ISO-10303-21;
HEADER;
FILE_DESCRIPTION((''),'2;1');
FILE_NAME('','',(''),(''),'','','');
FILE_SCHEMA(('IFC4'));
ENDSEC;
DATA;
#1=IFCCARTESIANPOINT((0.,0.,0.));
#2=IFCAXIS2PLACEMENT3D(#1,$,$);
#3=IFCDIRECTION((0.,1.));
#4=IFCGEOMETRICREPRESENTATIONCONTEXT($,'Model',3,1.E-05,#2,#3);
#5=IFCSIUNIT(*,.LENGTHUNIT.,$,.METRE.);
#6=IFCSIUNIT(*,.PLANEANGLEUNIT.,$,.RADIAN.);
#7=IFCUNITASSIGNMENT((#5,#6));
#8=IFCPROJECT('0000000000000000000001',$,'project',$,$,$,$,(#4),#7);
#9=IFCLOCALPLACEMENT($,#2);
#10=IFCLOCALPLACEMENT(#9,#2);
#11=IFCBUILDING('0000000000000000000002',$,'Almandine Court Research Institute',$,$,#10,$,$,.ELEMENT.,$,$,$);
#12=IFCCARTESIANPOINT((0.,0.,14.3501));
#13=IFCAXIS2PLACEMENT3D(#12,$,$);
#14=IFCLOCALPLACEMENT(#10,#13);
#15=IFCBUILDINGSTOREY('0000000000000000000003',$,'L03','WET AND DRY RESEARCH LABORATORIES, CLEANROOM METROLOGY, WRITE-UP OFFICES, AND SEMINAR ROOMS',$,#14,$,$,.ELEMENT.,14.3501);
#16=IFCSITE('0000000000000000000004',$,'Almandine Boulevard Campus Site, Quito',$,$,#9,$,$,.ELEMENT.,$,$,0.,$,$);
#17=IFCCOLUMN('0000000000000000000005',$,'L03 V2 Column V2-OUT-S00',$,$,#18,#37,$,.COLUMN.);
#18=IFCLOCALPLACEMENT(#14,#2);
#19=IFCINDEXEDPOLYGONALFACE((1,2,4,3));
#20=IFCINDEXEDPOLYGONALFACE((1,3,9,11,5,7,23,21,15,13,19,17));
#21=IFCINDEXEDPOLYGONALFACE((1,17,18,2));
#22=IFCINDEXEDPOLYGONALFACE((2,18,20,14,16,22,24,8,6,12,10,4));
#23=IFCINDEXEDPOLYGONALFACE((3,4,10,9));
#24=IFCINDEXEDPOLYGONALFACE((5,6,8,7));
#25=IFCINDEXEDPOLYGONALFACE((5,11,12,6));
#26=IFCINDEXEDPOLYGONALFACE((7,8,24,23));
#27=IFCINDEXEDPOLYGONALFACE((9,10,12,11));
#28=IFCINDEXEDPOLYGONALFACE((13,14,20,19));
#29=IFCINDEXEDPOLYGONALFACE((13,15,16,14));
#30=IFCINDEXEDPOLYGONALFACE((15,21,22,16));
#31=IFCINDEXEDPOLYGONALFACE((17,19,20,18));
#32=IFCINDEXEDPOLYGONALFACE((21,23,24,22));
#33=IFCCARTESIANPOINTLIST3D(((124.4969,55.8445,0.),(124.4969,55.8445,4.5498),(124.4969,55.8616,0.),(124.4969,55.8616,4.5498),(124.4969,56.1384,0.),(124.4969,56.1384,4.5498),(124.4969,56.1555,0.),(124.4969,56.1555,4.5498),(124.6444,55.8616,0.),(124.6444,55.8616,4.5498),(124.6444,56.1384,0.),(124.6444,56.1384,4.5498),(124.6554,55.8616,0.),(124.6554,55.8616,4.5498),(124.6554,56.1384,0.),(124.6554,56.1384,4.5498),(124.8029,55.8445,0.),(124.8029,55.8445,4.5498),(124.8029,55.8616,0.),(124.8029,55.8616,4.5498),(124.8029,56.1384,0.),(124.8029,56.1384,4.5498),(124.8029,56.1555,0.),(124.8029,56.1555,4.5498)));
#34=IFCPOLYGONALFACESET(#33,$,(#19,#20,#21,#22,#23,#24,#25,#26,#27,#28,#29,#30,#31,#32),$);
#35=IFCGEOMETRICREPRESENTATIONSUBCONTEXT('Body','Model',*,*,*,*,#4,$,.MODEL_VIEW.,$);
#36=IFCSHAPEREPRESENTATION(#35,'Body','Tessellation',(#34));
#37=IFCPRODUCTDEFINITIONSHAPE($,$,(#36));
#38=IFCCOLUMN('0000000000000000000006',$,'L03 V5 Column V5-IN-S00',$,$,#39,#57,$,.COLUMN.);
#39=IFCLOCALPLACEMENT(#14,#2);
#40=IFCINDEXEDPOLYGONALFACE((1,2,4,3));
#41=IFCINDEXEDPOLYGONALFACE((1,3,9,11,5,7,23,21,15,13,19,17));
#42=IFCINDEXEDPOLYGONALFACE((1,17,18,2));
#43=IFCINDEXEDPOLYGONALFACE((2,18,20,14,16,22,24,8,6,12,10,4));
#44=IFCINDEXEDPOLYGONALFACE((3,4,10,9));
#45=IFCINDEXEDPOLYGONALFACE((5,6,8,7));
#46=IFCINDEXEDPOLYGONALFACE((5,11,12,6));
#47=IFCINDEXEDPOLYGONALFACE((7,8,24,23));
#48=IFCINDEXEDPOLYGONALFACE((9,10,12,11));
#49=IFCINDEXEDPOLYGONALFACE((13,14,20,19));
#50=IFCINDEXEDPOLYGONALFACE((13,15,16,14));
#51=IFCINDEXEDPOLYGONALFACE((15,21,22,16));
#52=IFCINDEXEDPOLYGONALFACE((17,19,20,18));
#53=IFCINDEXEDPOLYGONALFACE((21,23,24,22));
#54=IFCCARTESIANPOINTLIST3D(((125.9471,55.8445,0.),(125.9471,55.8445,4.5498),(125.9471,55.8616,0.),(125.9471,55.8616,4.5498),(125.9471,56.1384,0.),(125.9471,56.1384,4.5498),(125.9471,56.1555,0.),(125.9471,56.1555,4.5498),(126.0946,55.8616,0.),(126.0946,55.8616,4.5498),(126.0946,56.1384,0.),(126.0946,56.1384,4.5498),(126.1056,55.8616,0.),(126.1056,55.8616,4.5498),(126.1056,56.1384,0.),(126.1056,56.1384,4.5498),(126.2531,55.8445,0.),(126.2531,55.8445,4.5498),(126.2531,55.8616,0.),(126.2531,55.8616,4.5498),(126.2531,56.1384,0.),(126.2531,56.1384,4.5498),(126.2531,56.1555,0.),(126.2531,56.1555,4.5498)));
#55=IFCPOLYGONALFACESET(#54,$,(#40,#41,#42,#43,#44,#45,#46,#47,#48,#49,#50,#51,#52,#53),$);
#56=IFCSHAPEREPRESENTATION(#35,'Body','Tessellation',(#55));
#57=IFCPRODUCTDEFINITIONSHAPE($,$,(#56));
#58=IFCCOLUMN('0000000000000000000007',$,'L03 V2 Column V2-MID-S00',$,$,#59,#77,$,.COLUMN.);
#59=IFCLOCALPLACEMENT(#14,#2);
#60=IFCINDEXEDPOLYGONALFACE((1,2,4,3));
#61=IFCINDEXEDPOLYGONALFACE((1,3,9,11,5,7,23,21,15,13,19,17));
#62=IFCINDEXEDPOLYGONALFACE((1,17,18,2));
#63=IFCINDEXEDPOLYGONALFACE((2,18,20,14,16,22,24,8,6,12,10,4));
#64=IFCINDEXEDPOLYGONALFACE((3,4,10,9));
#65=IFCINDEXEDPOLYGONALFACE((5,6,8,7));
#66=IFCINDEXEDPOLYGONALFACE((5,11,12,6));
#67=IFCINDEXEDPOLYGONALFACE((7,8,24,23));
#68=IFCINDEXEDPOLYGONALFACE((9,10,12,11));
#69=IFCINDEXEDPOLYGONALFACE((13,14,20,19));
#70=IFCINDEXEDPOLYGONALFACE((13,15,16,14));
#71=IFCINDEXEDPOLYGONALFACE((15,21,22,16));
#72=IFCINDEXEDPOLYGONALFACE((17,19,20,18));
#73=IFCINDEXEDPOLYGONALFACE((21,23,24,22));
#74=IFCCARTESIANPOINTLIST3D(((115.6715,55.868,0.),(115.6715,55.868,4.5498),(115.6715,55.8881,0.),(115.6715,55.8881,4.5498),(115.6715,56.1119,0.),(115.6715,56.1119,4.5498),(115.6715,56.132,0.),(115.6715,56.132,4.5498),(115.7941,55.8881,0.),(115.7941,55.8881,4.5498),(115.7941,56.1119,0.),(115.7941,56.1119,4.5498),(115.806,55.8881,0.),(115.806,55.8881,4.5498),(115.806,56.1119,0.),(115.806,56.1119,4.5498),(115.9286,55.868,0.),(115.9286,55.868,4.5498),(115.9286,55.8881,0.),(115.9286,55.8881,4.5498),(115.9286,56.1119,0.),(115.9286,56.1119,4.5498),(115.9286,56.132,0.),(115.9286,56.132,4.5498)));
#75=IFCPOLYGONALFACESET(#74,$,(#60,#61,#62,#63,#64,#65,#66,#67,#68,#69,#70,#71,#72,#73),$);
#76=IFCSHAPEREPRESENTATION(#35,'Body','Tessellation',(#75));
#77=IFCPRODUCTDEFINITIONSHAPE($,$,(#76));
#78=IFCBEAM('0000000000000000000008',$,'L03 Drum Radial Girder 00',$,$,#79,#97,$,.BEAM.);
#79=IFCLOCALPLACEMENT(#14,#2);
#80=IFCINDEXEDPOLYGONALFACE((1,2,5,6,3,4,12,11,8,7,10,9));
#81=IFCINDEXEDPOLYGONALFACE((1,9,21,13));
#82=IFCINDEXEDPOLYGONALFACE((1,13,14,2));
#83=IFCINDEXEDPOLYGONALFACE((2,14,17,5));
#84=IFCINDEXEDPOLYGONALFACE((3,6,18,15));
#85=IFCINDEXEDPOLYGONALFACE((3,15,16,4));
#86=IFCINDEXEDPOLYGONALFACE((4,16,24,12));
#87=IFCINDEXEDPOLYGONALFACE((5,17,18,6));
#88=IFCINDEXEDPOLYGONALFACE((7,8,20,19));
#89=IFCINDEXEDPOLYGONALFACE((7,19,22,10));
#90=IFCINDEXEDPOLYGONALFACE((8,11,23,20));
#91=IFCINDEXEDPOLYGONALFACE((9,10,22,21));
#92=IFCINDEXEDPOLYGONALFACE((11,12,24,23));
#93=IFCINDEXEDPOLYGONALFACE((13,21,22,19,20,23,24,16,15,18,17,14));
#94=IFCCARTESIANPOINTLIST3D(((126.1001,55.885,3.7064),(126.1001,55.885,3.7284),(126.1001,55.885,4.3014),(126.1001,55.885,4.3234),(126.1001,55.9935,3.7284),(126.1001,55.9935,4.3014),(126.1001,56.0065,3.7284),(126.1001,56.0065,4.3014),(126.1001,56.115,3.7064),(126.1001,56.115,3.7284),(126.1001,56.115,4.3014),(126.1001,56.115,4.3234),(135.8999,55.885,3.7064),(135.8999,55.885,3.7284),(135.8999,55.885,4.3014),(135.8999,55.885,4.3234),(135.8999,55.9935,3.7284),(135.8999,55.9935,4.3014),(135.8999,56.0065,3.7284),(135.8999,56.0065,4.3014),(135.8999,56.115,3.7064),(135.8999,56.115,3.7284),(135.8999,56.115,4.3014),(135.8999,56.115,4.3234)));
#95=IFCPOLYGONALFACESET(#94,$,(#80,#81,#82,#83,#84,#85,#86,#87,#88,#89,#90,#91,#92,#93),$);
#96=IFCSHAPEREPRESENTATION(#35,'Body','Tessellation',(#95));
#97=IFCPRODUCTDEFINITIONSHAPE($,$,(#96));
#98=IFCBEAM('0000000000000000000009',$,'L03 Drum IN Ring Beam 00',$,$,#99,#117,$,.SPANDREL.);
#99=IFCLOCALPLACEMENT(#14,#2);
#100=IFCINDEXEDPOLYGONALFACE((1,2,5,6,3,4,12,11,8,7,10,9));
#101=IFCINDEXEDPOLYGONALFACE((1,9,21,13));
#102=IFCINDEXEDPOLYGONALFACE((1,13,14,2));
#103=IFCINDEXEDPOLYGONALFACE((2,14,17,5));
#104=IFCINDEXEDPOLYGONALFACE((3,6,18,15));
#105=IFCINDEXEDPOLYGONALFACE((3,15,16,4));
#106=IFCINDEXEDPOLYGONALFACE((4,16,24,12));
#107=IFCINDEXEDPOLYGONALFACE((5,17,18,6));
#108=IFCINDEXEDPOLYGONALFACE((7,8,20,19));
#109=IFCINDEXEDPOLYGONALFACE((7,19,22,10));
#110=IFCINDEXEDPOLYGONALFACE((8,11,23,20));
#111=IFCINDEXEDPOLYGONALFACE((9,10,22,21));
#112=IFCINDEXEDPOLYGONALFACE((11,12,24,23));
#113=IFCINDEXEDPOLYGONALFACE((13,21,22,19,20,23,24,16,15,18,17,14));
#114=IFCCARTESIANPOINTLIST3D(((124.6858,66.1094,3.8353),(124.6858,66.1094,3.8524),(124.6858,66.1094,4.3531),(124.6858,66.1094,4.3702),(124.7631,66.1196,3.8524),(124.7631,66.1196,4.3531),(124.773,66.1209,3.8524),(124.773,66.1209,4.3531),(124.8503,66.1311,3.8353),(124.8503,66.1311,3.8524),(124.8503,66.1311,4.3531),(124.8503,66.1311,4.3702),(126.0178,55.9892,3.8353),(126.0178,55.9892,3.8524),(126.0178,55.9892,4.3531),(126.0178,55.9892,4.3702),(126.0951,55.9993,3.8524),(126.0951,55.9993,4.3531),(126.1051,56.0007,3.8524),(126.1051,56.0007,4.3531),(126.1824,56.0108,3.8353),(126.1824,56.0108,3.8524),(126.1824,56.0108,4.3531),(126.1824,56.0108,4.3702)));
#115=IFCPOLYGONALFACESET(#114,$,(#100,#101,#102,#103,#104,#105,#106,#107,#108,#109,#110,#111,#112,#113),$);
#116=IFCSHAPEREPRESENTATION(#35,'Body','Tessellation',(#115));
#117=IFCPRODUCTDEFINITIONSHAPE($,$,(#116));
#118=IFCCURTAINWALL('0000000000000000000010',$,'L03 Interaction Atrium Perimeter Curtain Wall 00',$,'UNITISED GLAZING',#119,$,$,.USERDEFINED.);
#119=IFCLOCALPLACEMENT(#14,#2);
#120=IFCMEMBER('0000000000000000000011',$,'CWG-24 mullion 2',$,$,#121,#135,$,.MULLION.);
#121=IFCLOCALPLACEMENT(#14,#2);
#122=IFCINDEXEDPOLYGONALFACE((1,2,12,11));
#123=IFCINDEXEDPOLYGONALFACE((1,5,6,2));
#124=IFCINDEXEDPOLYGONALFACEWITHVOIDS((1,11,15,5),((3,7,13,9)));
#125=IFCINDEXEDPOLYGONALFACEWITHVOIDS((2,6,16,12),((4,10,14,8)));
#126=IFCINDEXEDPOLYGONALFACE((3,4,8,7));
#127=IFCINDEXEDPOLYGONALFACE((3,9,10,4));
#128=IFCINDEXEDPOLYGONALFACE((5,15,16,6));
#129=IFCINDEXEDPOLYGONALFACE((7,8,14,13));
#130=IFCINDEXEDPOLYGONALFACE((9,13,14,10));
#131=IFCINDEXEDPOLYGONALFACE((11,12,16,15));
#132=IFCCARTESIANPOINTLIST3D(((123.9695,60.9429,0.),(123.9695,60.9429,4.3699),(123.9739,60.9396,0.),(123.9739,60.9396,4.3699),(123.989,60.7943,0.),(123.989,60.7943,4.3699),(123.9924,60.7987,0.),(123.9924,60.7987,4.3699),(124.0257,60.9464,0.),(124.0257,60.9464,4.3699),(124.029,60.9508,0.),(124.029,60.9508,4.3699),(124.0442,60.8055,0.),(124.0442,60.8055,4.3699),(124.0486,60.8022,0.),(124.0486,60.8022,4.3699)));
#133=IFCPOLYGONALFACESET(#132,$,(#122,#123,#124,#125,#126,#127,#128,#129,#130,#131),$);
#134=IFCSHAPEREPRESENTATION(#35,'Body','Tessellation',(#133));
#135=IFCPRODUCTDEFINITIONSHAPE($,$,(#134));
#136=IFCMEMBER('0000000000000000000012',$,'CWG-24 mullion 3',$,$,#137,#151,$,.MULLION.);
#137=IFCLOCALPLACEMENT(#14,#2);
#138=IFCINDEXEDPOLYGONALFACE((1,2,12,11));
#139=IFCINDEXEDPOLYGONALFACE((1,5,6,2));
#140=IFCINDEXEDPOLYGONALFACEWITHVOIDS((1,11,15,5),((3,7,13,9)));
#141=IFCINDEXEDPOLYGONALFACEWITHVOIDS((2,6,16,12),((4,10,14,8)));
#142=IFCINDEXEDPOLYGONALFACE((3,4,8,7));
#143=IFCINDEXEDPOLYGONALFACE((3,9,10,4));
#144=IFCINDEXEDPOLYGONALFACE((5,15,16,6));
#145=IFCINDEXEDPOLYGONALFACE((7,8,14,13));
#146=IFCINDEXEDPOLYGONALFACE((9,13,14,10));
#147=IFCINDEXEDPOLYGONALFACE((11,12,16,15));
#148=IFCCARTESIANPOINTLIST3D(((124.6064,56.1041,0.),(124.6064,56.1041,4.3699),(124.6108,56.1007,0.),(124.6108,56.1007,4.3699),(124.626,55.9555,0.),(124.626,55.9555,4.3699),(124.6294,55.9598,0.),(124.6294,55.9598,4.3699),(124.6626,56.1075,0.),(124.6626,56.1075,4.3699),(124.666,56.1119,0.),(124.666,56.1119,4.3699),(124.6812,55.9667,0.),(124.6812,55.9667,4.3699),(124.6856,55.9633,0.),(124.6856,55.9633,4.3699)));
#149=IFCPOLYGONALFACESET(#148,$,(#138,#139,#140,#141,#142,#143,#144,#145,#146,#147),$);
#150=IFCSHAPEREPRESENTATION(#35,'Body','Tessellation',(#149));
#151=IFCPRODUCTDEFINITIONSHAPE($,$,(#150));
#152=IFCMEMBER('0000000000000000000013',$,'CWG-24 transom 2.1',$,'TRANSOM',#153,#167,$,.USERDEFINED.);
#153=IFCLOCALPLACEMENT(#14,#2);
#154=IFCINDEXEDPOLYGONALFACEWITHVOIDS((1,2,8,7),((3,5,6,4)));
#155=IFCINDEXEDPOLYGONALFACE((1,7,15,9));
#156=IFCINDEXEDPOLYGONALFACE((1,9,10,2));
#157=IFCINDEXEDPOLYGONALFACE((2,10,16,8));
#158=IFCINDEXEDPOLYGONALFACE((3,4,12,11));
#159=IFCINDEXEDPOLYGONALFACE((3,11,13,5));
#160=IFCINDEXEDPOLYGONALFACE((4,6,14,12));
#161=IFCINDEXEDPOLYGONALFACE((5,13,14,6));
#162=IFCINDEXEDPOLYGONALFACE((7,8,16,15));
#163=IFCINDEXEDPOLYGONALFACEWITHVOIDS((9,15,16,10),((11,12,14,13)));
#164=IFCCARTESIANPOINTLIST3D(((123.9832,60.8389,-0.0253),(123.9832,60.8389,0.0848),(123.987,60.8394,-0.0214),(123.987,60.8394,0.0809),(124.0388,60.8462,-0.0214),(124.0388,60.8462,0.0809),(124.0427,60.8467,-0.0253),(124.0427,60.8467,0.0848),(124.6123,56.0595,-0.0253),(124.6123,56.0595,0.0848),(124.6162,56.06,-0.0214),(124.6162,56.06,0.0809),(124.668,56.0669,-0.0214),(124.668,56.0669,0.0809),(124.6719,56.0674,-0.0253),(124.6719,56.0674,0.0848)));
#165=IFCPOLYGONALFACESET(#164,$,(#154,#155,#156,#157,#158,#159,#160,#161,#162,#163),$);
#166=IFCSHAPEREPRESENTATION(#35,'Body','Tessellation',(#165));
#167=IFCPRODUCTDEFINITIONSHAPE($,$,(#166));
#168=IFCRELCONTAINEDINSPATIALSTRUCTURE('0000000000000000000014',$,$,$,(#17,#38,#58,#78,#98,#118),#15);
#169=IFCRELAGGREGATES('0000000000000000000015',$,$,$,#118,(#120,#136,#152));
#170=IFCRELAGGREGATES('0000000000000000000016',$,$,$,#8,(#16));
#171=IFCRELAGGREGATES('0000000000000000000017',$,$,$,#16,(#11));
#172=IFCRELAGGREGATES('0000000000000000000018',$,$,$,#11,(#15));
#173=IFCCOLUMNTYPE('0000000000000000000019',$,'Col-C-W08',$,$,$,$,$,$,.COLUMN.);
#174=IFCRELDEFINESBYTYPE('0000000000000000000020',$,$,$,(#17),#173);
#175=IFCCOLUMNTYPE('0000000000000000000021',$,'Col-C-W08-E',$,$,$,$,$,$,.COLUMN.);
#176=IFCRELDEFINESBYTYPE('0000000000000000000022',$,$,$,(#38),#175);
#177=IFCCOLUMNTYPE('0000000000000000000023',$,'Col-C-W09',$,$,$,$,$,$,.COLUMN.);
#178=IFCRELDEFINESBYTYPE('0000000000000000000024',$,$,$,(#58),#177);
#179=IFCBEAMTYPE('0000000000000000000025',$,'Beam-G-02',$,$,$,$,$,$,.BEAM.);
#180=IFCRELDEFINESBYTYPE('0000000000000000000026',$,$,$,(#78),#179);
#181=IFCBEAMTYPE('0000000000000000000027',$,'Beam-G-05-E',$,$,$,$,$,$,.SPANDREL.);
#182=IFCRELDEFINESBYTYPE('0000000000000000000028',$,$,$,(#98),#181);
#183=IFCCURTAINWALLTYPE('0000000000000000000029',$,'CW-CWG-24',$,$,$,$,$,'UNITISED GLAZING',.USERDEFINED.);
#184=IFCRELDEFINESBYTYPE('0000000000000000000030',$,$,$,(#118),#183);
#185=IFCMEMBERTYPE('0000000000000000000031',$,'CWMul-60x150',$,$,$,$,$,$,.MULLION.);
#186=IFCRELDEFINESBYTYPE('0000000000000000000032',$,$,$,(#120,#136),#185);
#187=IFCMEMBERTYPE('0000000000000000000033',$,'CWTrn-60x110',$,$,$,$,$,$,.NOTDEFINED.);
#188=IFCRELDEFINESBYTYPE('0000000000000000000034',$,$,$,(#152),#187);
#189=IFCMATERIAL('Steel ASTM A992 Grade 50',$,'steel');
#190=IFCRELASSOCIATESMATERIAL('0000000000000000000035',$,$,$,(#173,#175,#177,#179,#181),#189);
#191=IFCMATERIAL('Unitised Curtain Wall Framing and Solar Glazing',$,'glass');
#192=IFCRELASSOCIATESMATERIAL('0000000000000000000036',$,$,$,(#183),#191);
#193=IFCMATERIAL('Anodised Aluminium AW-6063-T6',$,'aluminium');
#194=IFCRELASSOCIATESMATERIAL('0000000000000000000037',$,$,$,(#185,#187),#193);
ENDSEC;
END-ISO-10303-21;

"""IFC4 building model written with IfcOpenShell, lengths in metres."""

from ifc_helpers import new_model, si_unit, direction, frame, origin, origin_2d, place, context, subcontext, project, spatial, hollow_rectangle, i_section, extrude, material, material_profile, profile_set, type_object, element, aggregate, save


model = new_model("IFC4")

# Units and contexts
model_context = context("Model", 3, precision=1e-05, world=origin(), true_north=direction((0.0, 1.0)))
body_context = subcontext(model_context, "Body", "Model", "MODEL_VIEW")
ifc_project = project(units=[si_unit("LENGTHUNIT", "METRE"), si_unit("PLANEANGLEUNIT", "RADIAN")], contexts=[model_context])

# Site, building, storey
site_placement = place(None, origin())
site = spatial("IfcSite", under=ifc_project, at=site_placement, Name="Almandine Boulevard Campus Site, Quito", CompositionType="ELEMENT", RefElevation=0.0)
building_placement = place(site_placement, origin())
building = spatial("IfcBuilding", under=site, at=building_placement, Name="Almandine Court Research Institute", CompositionType="ELEMENT")
storey_placement = place(building_placement, frame((0.0, 0.0, 14.3501)))
storey = spatial("IfcBuildingStorey", under=building, at=storey_placement, Name="L03", Description="WET AND DRY RESEARCH LABORATORIES, CLEANROOM METROLOGY, WRITE-UP OFFICES, AND SEMINAR ROOMS", CompositionType="ELEMENT", Elevation=14.3501)

# Columns
ifc_material_1 = material(Name="Steel ASTM A992 Grade 50", Category="steel")
ifc_material_profile_1 = material_profile(ifc_material_1, i_section(OverallWidth=0.3059, OverallDepth=0.311, WebThickness=0.011, FlangeThickness=0.0171, at=origin_2d()), Name="W310x107")
ifc_profile_set_1 = profile_set([ifc_material_profile_1], Name="Steel ASTM A992 Grade 50")
column_type_1 = type_object("IfcColumnType", Name="Col-C-W08", PredefinedType="COLUMN", material=ifc_profile_set_1)
column_1_placement = place(storey_placement, frame((124.6499, 56.0, 0.0), z_axis=(0.0, 0.0, 1.0), x_axis=(1.0, 0.0, 0.0)))
element("IfcColumn", 1, at=column_1_placement, inside=storey, type_object=column_type_1, Name="L03 V2 Column V2-OUT-S00", PredefinedType="COLUMN", context=body_context, shape_type="SweptSolid", body=[
    extrude(i_section(OverallWidth=0.3059, OverallDepth=0.311, WebThickness=0.011, FlangeThickness=0.0171, at=origin_2d()), origin(), (0.0, 0.0, 1.0), 4.5498),
])
ifc_material_profile_2 = material_profile(ifc_material_1, i_section(OverallWidth=0.3059, OverallDepth=0.311, WebThickness=0.011, FlangeThickness=0.0171, at=origin_2d()), Name="W310x107")
ifc_profile_set_2 = profile_set([ifc_material_profile_2], Name="Steel ASTM A992 Grade 50")
column_type_2 = type_object("IfcColumnType", Name="Col-C-W08-E", PredefinedType="COLUMN", material=ifc_profile_set_2)
column_2_placement = place(storey_placement, frame((126.1001, 56.0, 0.0), z_axis=(0.0, 0.0, 1.0), x_axis=(1.0, 0.0, 0.0)))
element("IfcColumn", 2, at=column_2_placement, inside=storey, type_object=column_type_2, Name="L03 V5 Column V5-IN-S00", PredefinedType="COLUMN", context=body_context, shape_type="SweptSolid", body=[
    extrude(i_section(OverallWidth=0.3059, OverallDepth=0.311, WebThickness=0.011, FlangeThickness=0.0171, at=origin_2d()), origin(), (0.0, 0.0, 1.0), 4.5498),
])
ifc_material_profile_3 = material_profile(ifc_material_1, i_section(OverallWidth=0.2571, OverallDepth=0.2639, WebThickness=0.012, FlangeThickness=0.02, at=origin_2d()), Name="W250x101")
ifc_profile_set_3 = profile_set([ifc_material_profile_3], Name="Steel ASTM A992 Grade 50")
column_type_3 = type_object("IfcColumnType", Name="Col-C-W09", PredefinedType="COLUMN", material=ifc_profile_set_3)
column_3_placement = place(storey_placement, frame((115.8, 56.0, 0.0), z_axis=(0.0, 0.0, 1.0), x_axis=(1.0, 0.0, 0.0)))
element("IfcColumn", 3, at=column_3_placement, inside=storey, type_object=column_type_3, Name="L03 V2 Column V2-MID-S00", PredefinedType="COLUMN", context=body_context, shape_type="SweptSolid", body=[
    extrude(i_section(OverallWidth=0.2571, OverallDepth=0.2639, WebThickness=0.012, FlangeThickness=0.02, at=origin_2d()), origin(), (0.0, 0.0, 1.0), 4.5498),
])

# Beams
ifc_material_profile_4 = material_profile(ifc_material_1, i_section(OverallWidth=0.23, OverallDepth=0.6169, WebThickness=0.0129, FlangeThickness=0.022, at=origin_2d()), Name="W610x140")
ifc_profile_set_4 = profile_set([ifc_material_profile_4], Name="Steel ASTM A992 Grade 50")
beam_type_1 = type_object("IfcBeamType", Name="Beam-G-02", PredefinedType="BEAM", material=ifc_profile_set_4)
beam_1_placement = place(storey_placement, frame((126.1001, 56.0, 4.0149), z_axis=(1.0, 0.0, 0.0), x_axis=(0.0, 1.0, 0.0)))
element("IfcBeam", 4, at=beam_1_placement, inside=storey, type_object=beam_type_1, Name="L03 Drum Radial Girder 00", PredefinedType="BEAM", context=body_context, shape_type="SweptSolid", body=[
    extrude(i_section(OverallWidth=0.23, OverallDepth=0.6169, WebThickness=0.0129, FlangeThickness=0.022, at=origin_2d()), origin(), (0.0, 0.0, 1.0), 9.7998),
])
ifc_material_profile_5 = material_profile(ifc_material_1, i_section(OverallWidth=0.166, OverallDepth=0.5349, WebThickness=0.01, FlangeThickness=0.0171, at=origin_2d()), Name="W530x85")
ifc_profile_set_5 = profile_set([ifc_material_profile_5], Name="Steel ASTM A992 Grade 50")
beam_type_2 = type_object("IfcBeamType", Name="Beam-G-05-E", PredefinedType="SPANDREL", material=ifc_profile_set_5)
beam_2_placement = place(storey_placement, frame((126.1001, 56.0, 4.1028), z_axis=(-0.130497, 0.991449, 0.0), x_axis=(-0.991449, -0.130497, 0.0)))
element("IfcBeam", 5, at=beam_2_placement, inside=storey, type_object=beam_type_2, Name="L03 Drum IN Ring Beam 00", PredefinedType="SPANDREL", context=body_context, shape_type="SweptSolid", body=[
    extrude(i_section(OverallWidth=0.166, OverallDepth=0.5349, WebThickness=0.01, FlangeThickness=0.0171, at=origin_2d()), origin(), (0.0, 0.0, 1.0), 10.2075),
])

# Curtain wall, members
ifc_material_2 = material(Name="Unitised Curtain Wall Framing and Solar Glazing", Category="glass")
curtain_wall_type = type_object("IfcCurtainWallType", Name="CW-CWG-24", ElementType="UNITISED GLAZING", PredefinedType="USERDEFINED", material=ifc_material_2)
curtain_wall_placement = place(storey_placement, origin())
curtain_wall = element("IfcCurtainWall", 6, at=curtain_wall_placement, inside=storey, type_object=curtain_wall_type, Name="L03 Interaction Atrium Perimeter Curtain Wall 00", ObjectType="UNITISED GLAZING", PredefinedType="USERDEFINED")
ifc_material_3 = material(Name="Anodised Aluminium AW-6063-T6", Category="aluminium")
ifc_material_profile_6 = material_profile(ifc_material_3, hollow_rectangle(XDim=0.0601, YDim=0.1499, WallThickness=0.0039, at=origin_2d()), Name="ALU RHS 60x150x4")
ifc_profile_set_6 = profile_set([ifc_material_profile_6], Name="Anodised Aluminium AW-6063-T6")
member_type_1 = type_object("IfcMemberType", Name="CWMul-60x150", PredefinedType="MULLION", material=ifc_profile_set_6)
member_1_placement = place(storey_placement, frame((124.009, 60.8726, 0.0), z_axis=(0.0, 0.0, 1.0), x_axis=(0.991444, 0.130536, 0.0)))
member_1 = element("IfcMember", 7, at=member_1_placement, type_object=member_type_1, Name="CWG-24 mullion 2", PredefinedType="MULLION", context=body_context, shape_type="SweptSolid", body=[
    extrude(hollow_rectangle(XDim=0.0601, YDim=0.1499, WallThickness=0.0039, at=origin_2d()), origin(), (0.0, 0.0, 1.0), 4.3699),
])
member_2_placement = place(storey_placement, frame((124.646, 56.0337, 0.0), z_axis=(0.0, 0.0, 1.0), x_axis=(0.991444, 0.130536, 0.0)))
member_2 = element("IfcMember", 8, at=member_2_placement, type_object=member_type_1, Name="CWG-24 mullion 3", PredefinedType="MULLION", context=body_context, shape_type="SweptSolid", body=[
    extrude(hollow_rectangle(XDim=0.0601, YDim=0.1499, WallThickness=0.0039, at=origin_2d()), origin(), (0.0, 0.0, 1.0), 4.3699),
])
ifc_material_profile_7 = material_profile(ifc_material_3, hollow_rectangle(XDim=0.0601, YDim=0.1101, WallThickness=0.0039, at=origin_2d()), Name="ALU RHS 60x110x4")
ifc_profile_set_7 = profile_set([ifc_material_profile_7], Name="Anodised Aluminium AW-6063-T6")
member_type_2 = type_object("IfcMemberType", Name="CWTrn-60x110", PredefinedType="NOTDEFINED", material=ifc_profile_set_7)
member_3_placement = place(storey_placement, frame((124.0129, 60.8428, 0.0298), z_axis=(0.130515, -0.991446, 0.0), x_axis=(0.991446, 0.130515, 0.0)))
member_3 = element("IfcMember", 9, at=member_3_placement, type_object=member_type_2, Name="CWG-24 transom 2.1", ObjectType="TRANSOM", PredefinedType="USERDEFINED", context=body_context, shape_type="SweptSolid", body=[
    extrude(hollow_rectangle(XDim=0.0601, YDim=0.1101, WallThickness=0.0039, at=origin_2d()), origin(), (0.0, 0.0, 1.0), 4.8206),
])
aggregate(curtain_wall, [member_1, member_2, member_3])

save(model, "model.ifc")
